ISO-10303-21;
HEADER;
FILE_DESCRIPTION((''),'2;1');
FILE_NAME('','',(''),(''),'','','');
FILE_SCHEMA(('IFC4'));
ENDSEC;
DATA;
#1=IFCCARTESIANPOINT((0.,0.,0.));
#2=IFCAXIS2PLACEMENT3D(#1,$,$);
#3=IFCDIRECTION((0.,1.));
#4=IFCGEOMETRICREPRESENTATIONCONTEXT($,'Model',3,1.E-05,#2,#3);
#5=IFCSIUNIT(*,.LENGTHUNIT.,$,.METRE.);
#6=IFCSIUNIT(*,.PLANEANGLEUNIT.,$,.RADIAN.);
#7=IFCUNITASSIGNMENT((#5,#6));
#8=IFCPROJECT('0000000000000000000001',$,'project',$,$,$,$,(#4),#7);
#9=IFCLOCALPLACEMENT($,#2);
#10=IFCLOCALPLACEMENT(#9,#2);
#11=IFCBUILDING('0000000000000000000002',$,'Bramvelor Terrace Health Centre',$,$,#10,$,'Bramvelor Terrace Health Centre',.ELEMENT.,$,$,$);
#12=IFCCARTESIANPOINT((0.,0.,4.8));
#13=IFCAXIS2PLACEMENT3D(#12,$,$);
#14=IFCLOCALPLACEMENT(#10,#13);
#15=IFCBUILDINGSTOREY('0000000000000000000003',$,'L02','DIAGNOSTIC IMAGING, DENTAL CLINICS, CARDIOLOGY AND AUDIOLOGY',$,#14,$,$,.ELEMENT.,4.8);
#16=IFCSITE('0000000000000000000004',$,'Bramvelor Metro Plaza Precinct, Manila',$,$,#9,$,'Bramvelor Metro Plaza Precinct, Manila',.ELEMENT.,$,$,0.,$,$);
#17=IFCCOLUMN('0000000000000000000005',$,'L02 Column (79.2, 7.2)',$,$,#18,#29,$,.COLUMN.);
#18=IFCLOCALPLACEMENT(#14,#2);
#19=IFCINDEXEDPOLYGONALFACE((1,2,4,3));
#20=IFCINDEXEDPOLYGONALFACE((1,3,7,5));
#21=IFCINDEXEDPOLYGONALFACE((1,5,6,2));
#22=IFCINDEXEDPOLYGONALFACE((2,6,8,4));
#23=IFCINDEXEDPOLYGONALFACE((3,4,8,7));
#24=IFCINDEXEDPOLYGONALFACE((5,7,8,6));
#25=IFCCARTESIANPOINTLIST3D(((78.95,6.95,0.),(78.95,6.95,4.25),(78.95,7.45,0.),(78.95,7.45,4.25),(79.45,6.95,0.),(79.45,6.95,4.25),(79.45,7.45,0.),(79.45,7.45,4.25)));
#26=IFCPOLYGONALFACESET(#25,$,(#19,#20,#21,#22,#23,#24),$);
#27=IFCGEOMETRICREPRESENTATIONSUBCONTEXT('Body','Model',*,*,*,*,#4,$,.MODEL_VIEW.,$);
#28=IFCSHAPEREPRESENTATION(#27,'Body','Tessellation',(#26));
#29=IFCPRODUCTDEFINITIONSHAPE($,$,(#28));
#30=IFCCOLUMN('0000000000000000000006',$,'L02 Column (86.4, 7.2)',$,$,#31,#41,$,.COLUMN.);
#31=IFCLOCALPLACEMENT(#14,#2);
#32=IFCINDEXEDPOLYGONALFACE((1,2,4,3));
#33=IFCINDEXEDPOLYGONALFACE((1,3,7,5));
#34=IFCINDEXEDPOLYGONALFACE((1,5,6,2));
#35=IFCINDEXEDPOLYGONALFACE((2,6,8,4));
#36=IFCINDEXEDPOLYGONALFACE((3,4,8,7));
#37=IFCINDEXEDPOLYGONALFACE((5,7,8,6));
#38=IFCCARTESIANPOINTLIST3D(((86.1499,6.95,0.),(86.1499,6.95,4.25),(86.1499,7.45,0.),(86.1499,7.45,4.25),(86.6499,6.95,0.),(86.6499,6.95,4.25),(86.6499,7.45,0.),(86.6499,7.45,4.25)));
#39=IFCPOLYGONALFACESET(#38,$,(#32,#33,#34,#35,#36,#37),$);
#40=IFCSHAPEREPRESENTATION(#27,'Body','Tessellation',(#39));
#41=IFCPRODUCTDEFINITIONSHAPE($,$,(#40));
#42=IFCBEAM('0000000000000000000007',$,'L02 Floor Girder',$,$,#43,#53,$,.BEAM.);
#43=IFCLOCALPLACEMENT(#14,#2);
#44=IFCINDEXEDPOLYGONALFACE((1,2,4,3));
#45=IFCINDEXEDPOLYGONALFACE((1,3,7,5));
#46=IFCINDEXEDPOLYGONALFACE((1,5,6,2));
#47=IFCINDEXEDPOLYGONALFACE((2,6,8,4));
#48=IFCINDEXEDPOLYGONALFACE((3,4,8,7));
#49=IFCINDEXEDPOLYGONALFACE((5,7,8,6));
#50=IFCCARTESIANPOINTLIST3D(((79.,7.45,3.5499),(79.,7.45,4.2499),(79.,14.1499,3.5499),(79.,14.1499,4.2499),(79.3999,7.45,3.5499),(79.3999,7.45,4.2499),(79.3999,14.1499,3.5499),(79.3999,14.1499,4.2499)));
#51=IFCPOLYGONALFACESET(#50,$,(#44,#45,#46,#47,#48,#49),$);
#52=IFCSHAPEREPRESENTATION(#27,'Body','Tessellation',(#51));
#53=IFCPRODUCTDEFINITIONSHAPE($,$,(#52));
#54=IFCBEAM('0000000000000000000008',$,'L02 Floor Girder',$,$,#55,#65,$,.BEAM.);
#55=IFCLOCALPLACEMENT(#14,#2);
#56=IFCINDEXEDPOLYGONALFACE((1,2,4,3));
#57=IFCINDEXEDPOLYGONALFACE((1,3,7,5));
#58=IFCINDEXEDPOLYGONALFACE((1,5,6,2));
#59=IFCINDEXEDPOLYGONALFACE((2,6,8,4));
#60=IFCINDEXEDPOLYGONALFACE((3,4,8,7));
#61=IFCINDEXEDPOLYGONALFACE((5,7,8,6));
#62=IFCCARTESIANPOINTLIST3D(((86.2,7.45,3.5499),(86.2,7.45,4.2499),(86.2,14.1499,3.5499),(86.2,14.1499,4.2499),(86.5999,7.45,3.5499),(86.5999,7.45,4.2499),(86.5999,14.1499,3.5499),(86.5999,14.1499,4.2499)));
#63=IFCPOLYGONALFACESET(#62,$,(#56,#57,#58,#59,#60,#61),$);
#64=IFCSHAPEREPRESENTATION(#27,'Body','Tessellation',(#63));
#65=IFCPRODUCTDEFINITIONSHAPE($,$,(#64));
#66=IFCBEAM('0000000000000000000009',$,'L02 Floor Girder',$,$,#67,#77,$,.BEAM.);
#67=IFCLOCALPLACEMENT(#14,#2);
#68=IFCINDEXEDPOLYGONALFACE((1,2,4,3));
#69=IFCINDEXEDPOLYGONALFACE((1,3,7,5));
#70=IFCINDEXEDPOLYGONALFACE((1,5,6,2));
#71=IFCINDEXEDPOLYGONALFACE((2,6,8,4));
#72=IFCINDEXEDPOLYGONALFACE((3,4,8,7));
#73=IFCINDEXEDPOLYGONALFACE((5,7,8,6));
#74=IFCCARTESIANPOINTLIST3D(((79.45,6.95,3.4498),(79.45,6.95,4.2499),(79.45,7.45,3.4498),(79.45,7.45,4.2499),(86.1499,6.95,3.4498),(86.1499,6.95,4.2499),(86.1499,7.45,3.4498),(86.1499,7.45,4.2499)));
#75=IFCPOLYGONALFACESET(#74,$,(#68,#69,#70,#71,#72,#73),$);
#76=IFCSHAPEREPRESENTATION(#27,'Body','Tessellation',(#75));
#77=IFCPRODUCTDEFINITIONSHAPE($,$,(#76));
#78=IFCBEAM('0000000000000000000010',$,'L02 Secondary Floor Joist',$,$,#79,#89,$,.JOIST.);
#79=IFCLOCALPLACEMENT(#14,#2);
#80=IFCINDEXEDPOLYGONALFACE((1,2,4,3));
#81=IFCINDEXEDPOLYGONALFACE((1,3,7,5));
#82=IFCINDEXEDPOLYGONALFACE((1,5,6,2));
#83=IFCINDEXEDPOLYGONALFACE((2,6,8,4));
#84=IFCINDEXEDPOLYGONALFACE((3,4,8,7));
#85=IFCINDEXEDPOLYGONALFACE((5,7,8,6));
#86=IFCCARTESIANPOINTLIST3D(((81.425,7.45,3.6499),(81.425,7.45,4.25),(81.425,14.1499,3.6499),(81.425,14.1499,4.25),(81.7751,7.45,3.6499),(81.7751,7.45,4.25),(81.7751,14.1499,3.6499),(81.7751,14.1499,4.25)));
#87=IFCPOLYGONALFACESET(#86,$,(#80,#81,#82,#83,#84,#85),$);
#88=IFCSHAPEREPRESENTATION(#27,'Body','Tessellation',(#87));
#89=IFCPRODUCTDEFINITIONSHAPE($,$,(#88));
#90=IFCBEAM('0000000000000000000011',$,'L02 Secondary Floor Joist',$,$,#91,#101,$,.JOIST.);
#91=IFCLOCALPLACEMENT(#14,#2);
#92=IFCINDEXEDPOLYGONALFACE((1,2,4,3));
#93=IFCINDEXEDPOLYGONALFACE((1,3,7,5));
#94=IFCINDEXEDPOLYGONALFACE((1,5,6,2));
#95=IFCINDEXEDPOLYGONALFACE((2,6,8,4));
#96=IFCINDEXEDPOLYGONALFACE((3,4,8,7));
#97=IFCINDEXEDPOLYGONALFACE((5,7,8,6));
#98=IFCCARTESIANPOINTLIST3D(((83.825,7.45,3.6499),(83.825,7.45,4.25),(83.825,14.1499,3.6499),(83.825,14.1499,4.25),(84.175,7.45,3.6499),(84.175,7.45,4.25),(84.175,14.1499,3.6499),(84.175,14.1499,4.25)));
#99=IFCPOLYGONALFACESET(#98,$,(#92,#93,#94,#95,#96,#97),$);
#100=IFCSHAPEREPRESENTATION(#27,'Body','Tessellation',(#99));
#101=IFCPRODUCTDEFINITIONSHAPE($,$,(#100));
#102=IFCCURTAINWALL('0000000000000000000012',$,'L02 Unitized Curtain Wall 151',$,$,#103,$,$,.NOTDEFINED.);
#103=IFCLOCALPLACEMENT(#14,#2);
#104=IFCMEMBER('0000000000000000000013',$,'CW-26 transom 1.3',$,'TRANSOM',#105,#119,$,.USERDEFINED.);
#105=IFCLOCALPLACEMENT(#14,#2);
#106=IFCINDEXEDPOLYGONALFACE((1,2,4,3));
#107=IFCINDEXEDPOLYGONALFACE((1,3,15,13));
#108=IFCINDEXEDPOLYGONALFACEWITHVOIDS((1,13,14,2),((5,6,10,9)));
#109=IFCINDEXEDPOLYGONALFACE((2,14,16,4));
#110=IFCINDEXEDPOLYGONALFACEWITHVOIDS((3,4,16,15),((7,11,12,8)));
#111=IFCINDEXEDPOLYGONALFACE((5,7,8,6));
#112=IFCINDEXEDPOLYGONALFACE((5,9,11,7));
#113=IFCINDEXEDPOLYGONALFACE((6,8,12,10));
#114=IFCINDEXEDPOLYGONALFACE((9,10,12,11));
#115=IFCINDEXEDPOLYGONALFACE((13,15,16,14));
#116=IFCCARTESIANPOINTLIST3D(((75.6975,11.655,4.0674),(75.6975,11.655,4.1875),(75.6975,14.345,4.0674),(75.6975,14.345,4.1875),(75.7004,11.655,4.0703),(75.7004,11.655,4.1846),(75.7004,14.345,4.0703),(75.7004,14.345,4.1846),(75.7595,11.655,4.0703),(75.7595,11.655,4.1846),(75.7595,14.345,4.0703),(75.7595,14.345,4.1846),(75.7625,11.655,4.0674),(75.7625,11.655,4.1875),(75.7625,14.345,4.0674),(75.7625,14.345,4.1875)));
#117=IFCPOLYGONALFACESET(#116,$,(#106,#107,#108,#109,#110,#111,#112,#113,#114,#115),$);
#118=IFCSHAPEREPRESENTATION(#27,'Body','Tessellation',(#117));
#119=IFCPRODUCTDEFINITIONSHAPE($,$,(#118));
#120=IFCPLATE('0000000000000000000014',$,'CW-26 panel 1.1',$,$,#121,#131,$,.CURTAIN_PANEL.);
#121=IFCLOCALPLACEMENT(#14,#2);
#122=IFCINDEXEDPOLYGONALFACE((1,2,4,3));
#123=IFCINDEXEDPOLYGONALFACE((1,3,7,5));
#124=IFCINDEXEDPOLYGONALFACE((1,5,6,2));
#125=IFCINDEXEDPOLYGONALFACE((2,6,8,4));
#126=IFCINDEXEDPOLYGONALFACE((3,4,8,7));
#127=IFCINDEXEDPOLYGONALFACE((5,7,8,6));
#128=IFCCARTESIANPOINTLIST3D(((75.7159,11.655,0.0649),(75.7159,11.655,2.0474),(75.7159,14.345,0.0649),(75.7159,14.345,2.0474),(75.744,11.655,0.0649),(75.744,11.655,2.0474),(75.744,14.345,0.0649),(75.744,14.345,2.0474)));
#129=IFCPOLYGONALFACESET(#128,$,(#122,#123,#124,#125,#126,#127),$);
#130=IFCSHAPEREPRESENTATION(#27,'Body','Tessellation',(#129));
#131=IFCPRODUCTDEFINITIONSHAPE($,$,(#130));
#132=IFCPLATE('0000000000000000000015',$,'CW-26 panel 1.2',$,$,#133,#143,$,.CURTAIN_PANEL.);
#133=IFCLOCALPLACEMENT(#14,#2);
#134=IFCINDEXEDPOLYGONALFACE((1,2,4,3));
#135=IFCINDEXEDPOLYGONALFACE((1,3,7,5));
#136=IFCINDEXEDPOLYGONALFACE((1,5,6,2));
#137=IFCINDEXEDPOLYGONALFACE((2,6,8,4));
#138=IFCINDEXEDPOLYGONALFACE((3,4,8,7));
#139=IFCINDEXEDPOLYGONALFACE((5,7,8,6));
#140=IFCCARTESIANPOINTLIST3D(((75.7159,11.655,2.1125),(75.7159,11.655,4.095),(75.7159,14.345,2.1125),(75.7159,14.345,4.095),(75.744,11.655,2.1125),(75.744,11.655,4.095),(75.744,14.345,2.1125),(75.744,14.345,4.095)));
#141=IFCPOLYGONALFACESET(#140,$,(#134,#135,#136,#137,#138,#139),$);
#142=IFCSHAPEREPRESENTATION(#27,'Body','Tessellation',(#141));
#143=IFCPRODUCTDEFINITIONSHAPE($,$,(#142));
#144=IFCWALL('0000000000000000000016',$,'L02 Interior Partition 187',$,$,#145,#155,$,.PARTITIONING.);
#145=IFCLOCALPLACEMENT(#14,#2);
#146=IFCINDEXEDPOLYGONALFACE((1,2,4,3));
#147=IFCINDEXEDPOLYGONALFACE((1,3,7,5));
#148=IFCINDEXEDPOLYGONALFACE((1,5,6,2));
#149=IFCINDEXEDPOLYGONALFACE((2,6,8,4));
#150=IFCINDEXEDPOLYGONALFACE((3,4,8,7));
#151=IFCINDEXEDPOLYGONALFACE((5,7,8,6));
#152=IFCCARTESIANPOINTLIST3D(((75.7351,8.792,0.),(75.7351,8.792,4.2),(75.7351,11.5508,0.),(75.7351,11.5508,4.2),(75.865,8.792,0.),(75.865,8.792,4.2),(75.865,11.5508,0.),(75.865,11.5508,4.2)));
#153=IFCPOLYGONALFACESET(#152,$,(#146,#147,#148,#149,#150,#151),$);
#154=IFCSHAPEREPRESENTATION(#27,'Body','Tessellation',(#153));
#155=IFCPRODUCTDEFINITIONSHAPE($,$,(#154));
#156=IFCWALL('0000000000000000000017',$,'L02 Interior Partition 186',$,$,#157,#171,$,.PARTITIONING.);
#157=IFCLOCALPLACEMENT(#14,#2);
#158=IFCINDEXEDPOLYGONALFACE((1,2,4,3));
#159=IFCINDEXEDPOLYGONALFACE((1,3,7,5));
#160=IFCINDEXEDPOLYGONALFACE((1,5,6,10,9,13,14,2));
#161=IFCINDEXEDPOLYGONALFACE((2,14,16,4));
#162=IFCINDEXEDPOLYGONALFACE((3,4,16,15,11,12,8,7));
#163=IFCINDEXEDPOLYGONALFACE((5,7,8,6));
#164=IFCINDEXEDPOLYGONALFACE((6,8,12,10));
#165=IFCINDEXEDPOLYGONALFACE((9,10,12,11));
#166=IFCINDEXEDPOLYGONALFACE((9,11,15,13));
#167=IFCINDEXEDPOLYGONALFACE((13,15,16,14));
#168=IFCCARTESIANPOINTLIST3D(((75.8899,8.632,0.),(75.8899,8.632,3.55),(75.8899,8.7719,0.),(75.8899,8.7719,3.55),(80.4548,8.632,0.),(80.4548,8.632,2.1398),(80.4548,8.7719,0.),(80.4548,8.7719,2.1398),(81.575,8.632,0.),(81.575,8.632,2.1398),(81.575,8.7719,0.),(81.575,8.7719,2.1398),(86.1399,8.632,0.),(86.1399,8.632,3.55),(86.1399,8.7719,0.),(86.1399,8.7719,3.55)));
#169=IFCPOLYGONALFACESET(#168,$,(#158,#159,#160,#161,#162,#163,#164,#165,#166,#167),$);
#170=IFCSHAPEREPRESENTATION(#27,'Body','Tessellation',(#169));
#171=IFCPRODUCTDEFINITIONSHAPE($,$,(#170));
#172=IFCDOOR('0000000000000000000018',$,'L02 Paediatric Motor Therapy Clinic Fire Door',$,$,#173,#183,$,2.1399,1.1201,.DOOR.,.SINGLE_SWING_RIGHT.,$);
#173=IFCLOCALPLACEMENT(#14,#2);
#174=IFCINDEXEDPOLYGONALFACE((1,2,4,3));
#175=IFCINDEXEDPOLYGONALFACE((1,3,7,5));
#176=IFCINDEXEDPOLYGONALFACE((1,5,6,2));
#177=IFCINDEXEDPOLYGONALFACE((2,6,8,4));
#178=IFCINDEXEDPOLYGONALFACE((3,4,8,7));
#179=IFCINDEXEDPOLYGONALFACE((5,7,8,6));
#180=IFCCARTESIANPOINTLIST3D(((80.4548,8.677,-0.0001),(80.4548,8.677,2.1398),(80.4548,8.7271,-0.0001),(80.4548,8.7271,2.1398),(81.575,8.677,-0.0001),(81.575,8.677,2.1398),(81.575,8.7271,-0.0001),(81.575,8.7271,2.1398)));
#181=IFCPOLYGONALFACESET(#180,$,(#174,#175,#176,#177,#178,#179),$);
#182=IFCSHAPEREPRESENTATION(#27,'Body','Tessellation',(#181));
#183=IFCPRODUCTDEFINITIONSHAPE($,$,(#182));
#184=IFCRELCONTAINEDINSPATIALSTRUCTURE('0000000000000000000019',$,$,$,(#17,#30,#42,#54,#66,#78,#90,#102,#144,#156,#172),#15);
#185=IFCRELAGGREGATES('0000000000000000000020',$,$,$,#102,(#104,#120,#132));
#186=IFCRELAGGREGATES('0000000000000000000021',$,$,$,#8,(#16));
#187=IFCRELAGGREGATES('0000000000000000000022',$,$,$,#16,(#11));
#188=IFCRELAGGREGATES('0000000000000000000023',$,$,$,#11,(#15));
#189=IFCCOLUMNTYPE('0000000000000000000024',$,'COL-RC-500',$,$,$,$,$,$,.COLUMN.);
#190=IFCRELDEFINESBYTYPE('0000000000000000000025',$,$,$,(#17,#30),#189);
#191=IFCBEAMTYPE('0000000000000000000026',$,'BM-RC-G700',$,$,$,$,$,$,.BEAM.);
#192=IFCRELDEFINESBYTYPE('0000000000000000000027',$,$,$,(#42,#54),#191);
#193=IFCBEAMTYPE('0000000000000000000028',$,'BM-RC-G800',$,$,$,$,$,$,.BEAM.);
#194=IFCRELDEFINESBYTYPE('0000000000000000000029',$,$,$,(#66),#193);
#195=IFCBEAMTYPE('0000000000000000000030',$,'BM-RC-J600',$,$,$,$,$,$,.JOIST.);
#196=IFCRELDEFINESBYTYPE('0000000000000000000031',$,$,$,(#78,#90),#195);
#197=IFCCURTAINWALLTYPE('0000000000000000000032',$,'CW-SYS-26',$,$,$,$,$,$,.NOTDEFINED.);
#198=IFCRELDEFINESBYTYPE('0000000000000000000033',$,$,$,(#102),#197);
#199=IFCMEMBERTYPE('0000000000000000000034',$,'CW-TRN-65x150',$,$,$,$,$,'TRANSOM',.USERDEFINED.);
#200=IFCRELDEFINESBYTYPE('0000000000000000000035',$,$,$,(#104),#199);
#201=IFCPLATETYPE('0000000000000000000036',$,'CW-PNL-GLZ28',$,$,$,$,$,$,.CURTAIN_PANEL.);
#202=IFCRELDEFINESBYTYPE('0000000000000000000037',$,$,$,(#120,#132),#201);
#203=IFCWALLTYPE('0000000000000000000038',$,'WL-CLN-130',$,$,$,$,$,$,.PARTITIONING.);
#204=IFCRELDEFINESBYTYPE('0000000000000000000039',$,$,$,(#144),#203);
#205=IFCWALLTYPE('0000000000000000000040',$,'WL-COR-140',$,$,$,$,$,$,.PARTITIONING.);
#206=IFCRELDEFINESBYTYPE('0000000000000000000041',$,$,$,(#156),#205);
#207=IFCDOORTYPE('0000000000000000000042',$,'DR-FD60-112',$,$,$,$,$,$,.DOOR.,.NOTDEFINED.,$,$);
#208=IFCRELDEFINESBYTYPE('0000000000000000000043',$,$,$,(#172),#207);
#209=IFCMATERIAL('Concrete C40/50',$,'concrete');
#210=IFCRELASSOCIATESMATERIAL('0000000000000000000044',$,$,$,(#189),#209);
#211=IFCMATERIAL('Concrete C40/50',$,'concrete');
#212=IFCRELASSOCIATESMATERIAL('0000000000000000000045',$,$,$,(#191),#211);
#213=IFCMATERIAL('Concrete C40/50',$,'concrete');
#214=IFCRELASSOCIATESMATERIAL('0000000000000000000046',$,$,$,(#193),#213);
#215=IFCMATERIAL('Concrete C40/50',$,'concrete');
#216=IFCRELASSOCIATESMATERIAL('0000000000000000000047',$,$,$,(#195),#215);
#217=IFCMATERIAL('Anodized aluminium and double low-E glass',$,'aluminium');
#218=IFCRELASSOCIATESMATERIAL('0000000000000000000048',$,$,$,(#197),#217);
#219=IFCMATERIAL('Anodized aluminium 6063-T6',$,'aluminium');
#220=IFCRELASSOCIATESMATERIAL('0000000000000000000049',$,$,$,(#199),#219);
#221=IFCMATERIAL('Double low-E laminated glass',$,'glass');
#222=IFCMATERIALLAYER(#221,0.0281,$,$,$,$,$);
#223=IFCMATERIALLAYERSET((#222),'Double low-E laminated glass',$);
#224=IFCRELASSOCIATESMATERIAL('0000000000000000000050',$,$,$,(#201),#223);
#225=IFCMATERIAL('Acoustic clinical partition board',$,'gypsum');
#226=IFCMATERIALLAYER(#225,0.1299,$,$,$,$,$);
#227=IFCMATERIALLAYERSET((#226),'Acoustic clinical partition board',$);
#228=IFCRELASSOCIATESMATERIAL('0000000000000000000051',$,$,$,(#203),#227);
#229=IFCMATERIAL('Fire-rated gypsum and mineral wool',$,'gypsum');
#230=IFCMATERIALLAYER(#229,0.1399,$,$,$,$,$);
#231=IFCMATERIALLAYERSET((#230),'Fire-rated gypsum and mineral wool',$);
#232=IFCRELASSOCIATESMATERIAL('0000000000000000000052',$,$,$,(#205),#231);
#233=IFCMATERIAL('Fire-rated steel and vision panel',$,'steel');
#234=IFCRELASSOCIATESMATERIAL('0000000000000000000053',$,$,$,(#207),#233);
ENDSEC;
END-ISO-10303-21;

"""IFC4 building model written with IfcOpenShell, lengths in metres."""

from ifc_helpers import new_model, si_unit, direction, frame, frame_2d, origin, origin_2d, place, context, subcontext, project, spatial, rectangle, hollow_rectangle, extrude, material, layer, layer_set, material_profile, profile_set, type_object, element, fill, aggregate, save


model = new_model("IFC4")

# Units and contexts
model_context = context("Model", 3, precision=1e-05, world=origin(), true_north=direction((0.0, 1.0)))
body_context = subcontext(model_context, "Body", "Model", "MODEL_VIEW")
ifc_project = project(units=[si_unit("LENGTHUNIT", "METRE"), si_unit("PLANEANGLEUNIT", "RADIAN")], contexts=[model_context])

# Site, building, storey
site_placement = place(None, origin())
site = spatial("IfcSite", under=ifc_project, at=site_placement, Name="Bramvelor Metro Plaza Precinct, Manila", LongName="Bramvelor Metro Plaza Precinct, Manila", CompositionType="ELEMENT", RefElevation=0.0)
building_placement = place(site_placement, origin())
building = spatial("IfcBuilding", under=site, at=building_placement, Name="Bramvelor Terrace Health Centre", LongName="Bramvelor Terrace Health Centre", CompositionType="ELEMENT")
storey_placement = place(building_placement, frame((0.0, 0.0, 4.8)))
storey = spatial("IfcBuildingStorey", under=building, at=storey_placement, Name="L02", Description="DIAGNOSTIC IMAGING, DENTAL CLINICS, CARDIOLOGY AND AUDIOLOGY", CompositionType="ELEMENT", Elevation=4.8)

# Columns
ifc_material_1 = material(Name="Concrete C40/50", Category="concrete")
ifc_material_profile_1 = material_profile(ifc_material_1, rectangle(XDim=0.5, YDim=0.5, at=origin_2d()), Name="RC 500x500")
ifc_profile_set_1 = profile_set([ifc_material_profile_1], Name="Concrete C40/50")
column_type = type_object("IfcColumnType", Name="COL-RC-500", PredefinedType="COLUMN", material=ifc_profile_set_1)
for number, where, z_axis, x_axis, name in (
    (1, (79.2, 7.2, 0.0), (0.0, 0.0, 1.0), (1.0, 0.0, 0.0), "L02 Column (79.2, 7.2)"),
    (2, (86.3999, 7.2, 0.0), (0.0, 0.0, 1.0), (1.0, 0.0, 0.0), "L02 Column (86.4, 7.2)"),
):
    element("IfcColumn", number, at=place(storey_placement, frame(where, z_axis=z_axis, x_axis=x_axis)), inside=storey, type_object=column_type, Name=name, PredefinedType="COLUMN", context=body_context, shape_type="SweptSolid", body=[
        extrude(rectangle(XDim=0.5, YDim=0.5, at=origin_2d()), origin(), (0.0, 0.0, 1.0), 4.25),
    ])

# Beams
ifc_material_2 = material(Name="Concrete C40/50", Category="concrete")
ifc_material_profile_2 = material_profile(ifc_material_2, rectangle(XDim=0.3999, YDim=0.7, at=origin_2d()), Name="RC 400x700")
ifc_profile_set_2 = profile_set([ifc_material_profile_2], Name="Concrete C40/50")
beam_type_1 = type_object("IfcBeamType", Name="BM-RC-G700", PredefinedType="BEAM", material=ifc_profile_set_2)
for number, where, z_axis, x_axis, name in (
    (3, (79.2, 7.45, 3.8999), (0.0, 1.0, 0.0), (-1.0, 0.0, 0.0), "L02 Floor Girder"),
    (4, (86.3999, 7.45, 3.8999), (0.0, 1.0, 0.0), (-1.0, 0.0, 0.0), "L02 Floor Girder"),
):
    element("IfcBeam", number, at=place(storey_placement, frame(where, z_axis=z_axis, x_axis=x_axis)), inside=storey, type_object=beam_type_1, Name=name, PredefinedType="BEAM", context=body_context, shape_type="SweptSolid", body=[
        extrude(rectangle(XDim=0.3999, YDim=0.7, at=origin_2d()), origin(), (0.0, 0.0, 1.0), 6.7),
    ])
ifc_material_3 = material(Name="Concrete C40/50", Category="concrete")
ifc_material_profile_3 = material_profile(ifc_material_3, rectangle(XDim=0.5, YDim=0.8, at=origin_2d()), Name="RC 500x800")
ifc_profile_set_3 = profile_set([ifc_material_profile_3], Name="Concrete C40/50")
beam_type_2 = type_object("IfcBeamType", Name="BM-RC-G800", PredefinedType="BEAM", material=ifc_profile_set_3)
beam_placement = place(storey_placement, frame((79.45, 7.2, 3.8499), z_axis=(1.0, 0.0, 0.0), x_axis=(0.0, 1.0, 0.0)))
element("IfcBeam", 5, at=beam_placement, inside=storey, type_object=beam_type_2, Name="L02 Floor Girder", PredefinedType="BEAM", context=body_context, shape_type="SweptSolid", body=[
    extrude(rectangle(XDim=0.5, YDim=0.8, at=origin_2d()), origin(), (0.0, 0.0, 1.0), 6.7),
])
ifc_material_4 = material(Name="Concrete C40/50", Category="concrete")
ifc_material_profile_4 = material_profile(ifc_material_4, rectangle(XDim=0.3501, YDim=0.6001, at=origin_2d()), Name="RC 350x600")
ifc_profile_set_4 = profile_set([ifc_material_profile_4], Name="Concrete C40/50")
beam_type_3 = type_object("IfcBeamType", Name="BM-RC-J600", PredefinedType="JOIST", material=ifc_profile_set_4)
for number, where, z_axis, x_axis, name in (
    (6, (81.6001, 7.45, 3.95), (0.0, 1.0, 0.0), (-1.0, 0.0, 0.0), "L02 Secondary Floor Joist"),
    (7, (84.0, 7.45, 3.95), (0.0, 1.0, 0.0), (-1.0, 0.0, 0.0), "L02 Secondary Floor Joist"),
):
    element("IfcBeam", number, at=place(storey_placement, frame(where, z_axis=z_axis, x_axis=x_axis)), inside=storey, type_object=beam_type_3, Name=name, PredefinedType="JOIST", context=body_context, shape_type="SweptSolid", body=[
        extrude(rectangle(XDim=0.3501, YDim=0.6001, at=origin_2d()), origin(), (0.0, 0.0, 1.0), 6.7),
    ])

# Curtain wall, member, plates
ifc_material_5 = material(Name="Anodized aluminium and double low-E glass", Category="aluminium")
curtain_wall_type = type_object("IfcCurtainWallType", Name="CW-SYS-26", PredefinedType="NOTDEFINED", material=ifc_material_5)
curtain_wall_placement = place(storey_placement, origin())
curtain_wall = element("IfcCurtainWall", 8, at=curtain_wall_placement, inside=storey, type_object=curtain_wall_type, Name="L02 Unitized Curtain Wall 151", PredefinedType="NOTDEFINED")
ifc_material_6 = material(Name="Anodized aluminium 6063-T6", Category="aluminium")
ifc_material_profile_5 = material_profile(ifc_material_6, hollow_rectangle(XDim=0.0649, YDim=0.1201, WallThickness=0.0029, at=origin_2d()), Name="ALU-TRN 65x120x3.0")
ifc_profile_set_5 = profile_set([ifc_material_profile_5], Name="Anodized aluminium 6063-T6")
member_type = type_object("IfcMemberType", Name="CW-TRN-65x150", ElementType="TRANSOM", PredefinedType="USERDEFINED", material=ifc_profile_set_5)
member_placement = place(storey_placement, frame((75.73, 11.655, 4.1274), z_axis=(0.0, 1.0, 0.0), x_axis=(-1.0, 0.0, 0.0)))
member = element("IfcMember", 9, at=member_placement, type_object=member_type, Name="CW-26 transom 1.3", ObjectType="TRANSOM", PredefinedType="USERDEFINED", context=body_context, shape_type="SweptSolid", body=[
    extrude(hollow_rectangle(XDim=0.0649, YDim=0.1201, WallThickness=0.0029, at=origin_2d()), origin(), (0.0, 0.0, 1.0), 2.6899),
])
ifc_material_7 = material(Name="Double low-E laminated glass", Category="glass")
ifc_layer_1 = layer(ifc_material_7, 0.0281)
ifc_layer_set_1 = layer_set([ifc_layer_1], Name="Double low-E laminated glass")
plate_type = type_object("IfcPlateType", Name="CW-PNL-GLZ28", PredefinedType="CURTAIN_PANEL", material=ifc_layer_set_1)
plate_1_placement = place(storey_placement, frame((75.73, 13.0, 0.0649), z_axis=(0.0, 0.0, 1.0), x_axis=(0.0, 1.0, 0.0)))
plate_1 = element("IfcPlate", 10, at=plate_1_placement, type_object=plate_type, Name="CW-26 panel 1.1", PredefinedType="CURTAIN_PANEL", context=body_context, shape_type="SweptSolid", body=[
    extrude(rectangle(XDim=2.6899, YDim=0.0281, at=origin_2d()), origin(), (0.0, 0.0, 1.0), 1.9824),
])
plate_2_placement = place(storey_placement, frame((75.73, 13.0, 2.1125), z_axis=(0.0, 0.0, 1.0), x_axis=(0.0, 1.0, 0.0)))
plate_2 = element("IfcPlate", 11, at=plate_2_placement, type_object=plate_type, Name="CW-26 panel 1.2", PredefinedType="CURTAIN_PANEL", context=body_context, shape_type="SweptSolid", body=[
    extrude(rectangle(XDim=2.6899, YDim=0.0281, at=origin_2d()), origin(), (0.0, 0.0, 1.0), 1.9824),
])
aggregate(curtain_wall, [member, plate_1, plate_2])

# Wall
ifc_material_8 = material(Name="Acoustic clinical partition board", Category="gypsum")
ifc_layer_2 = layer(ifc_material_8, 0.1299)
ifc_layer_set_2 = layer_set([ifc_layer_2], Name="Acoustic clinical partition board")
wall_type_1 = type_object("IfcWallType", Name="WL-CLN-130", PredefinedType="PARTITIONING", material=ifc_layer_set_2)
wall_1_placement = place(storey_placement, frame((75.8, 8.792, 0.0), z_axis=(0.0, 0.0, 1.0), x_axis=(0.0, 1.0, 0.0)))
element("IfcWall", 12, at=wall_1_placement, inside=storey, type_object=wall_type_1, Name="L02 Interior Partition 187", PredefinedType="PARTITIONING", context=body_context, shape_type="SweptSolid", body=[
    extrude(rectangle(XDim=2.7588, YDim=0.1299, at=frame_2d((1.3794, 0.0))), origin(), (0.0, 0.0, 1.0), 4.2),
])

# Wall, opening, door
ifc_material_9 = material(Name="Fire-rated gypsum and mineral wool", Category="gypsum")
ifc_layer_3 = layer(ifc_material_9, 0.1399)
ifc_layer_set_3 = layer_set([ifc_layer_3], Name="Fire-rated gypsum and mineral wool")
wall_type_2 = type_object("IfcWallType", Name="WL-COR-140", PredefinedType="PARTITIONING", material=ifc_layer_set_3)
wall_2_placement = place(storey_placement, frame((86.1399, 8.7019, 0.0), z_axis=(0.0, 0.0, 1.0), x_axis=(-1.0, 0.0, 0.0)))
wall_2 = element("IfcWall", 13, at=wall_2_placement, inside=storey, type_object=wall_type_2, Name="L02 Interior Partition 186", PredefinedType="PARTITIONING", context=body_context, shape_type="SweptSolid", body=[
    extrude(rectangle(XDim=10.25, YDim=0.1399, at=frame_2d((5.125, 0.0))), origin(), (0.0, 0.0, 1.0), 3.55),
])
opening_1_placement = place(wall_2_placement, frame((4.5649, 0.0, 0.0)))
opening_1 = element("IfcOpeningElement", 14, at=opening_1_placement, cuts=wall_2, PredefinedType="OPENING", context=body_context, shape_type="SweptSolid", body=[
    extrude(rectangle(XDim=1.1201, YDim=2.1399, at=frame_2d((0.5601, 1.0698))), frame((0.0, 0.0798, 0.0), z_axis=(0.0, -1.0, 0.0), x_axis=(1.0, 0.0, 0.0)), (0.0, 0.0, 1.0), 0.1599),
])
ifc_material_10 = material(Name="Fire-rated steel and vision panel", Category="steel")
door_type = type_object("IfcDoorType", Name="DR-FD60-112", OperationType="NOTDEFINED", PredefinedType="DOOR", material=ifc_material_10)
door_1_placement = place(opening_1_placement, origin())
door_1 = element("IfcDoor", 15, at=door_1_placement, inside=storey, type_object=door_type, Name="L02 Paediatric Motor Therapy Clinic Fire Door", OperationType="SINGLE_SWING_RIGHT", OverallHeight=2.1399, OverallWidth=1.1201, PredefinedType="DOOR", context=body_context, shape_type="SweptSolid", body=[
    extrude(rectangle(XDim=1.1201, YDim=2.1399, at=frame_2d((0.5601, 1.0698))), frame((0.0, 0.0249, 0.0), z_axis=(0.0, -1.0, 0.0), x_axis=(1.0, 0.0, 0.0)), (0.0, 0.0, 1.0), 0.05),
])
fill(opening_1, door_1)

save(model, "model.ifc")
